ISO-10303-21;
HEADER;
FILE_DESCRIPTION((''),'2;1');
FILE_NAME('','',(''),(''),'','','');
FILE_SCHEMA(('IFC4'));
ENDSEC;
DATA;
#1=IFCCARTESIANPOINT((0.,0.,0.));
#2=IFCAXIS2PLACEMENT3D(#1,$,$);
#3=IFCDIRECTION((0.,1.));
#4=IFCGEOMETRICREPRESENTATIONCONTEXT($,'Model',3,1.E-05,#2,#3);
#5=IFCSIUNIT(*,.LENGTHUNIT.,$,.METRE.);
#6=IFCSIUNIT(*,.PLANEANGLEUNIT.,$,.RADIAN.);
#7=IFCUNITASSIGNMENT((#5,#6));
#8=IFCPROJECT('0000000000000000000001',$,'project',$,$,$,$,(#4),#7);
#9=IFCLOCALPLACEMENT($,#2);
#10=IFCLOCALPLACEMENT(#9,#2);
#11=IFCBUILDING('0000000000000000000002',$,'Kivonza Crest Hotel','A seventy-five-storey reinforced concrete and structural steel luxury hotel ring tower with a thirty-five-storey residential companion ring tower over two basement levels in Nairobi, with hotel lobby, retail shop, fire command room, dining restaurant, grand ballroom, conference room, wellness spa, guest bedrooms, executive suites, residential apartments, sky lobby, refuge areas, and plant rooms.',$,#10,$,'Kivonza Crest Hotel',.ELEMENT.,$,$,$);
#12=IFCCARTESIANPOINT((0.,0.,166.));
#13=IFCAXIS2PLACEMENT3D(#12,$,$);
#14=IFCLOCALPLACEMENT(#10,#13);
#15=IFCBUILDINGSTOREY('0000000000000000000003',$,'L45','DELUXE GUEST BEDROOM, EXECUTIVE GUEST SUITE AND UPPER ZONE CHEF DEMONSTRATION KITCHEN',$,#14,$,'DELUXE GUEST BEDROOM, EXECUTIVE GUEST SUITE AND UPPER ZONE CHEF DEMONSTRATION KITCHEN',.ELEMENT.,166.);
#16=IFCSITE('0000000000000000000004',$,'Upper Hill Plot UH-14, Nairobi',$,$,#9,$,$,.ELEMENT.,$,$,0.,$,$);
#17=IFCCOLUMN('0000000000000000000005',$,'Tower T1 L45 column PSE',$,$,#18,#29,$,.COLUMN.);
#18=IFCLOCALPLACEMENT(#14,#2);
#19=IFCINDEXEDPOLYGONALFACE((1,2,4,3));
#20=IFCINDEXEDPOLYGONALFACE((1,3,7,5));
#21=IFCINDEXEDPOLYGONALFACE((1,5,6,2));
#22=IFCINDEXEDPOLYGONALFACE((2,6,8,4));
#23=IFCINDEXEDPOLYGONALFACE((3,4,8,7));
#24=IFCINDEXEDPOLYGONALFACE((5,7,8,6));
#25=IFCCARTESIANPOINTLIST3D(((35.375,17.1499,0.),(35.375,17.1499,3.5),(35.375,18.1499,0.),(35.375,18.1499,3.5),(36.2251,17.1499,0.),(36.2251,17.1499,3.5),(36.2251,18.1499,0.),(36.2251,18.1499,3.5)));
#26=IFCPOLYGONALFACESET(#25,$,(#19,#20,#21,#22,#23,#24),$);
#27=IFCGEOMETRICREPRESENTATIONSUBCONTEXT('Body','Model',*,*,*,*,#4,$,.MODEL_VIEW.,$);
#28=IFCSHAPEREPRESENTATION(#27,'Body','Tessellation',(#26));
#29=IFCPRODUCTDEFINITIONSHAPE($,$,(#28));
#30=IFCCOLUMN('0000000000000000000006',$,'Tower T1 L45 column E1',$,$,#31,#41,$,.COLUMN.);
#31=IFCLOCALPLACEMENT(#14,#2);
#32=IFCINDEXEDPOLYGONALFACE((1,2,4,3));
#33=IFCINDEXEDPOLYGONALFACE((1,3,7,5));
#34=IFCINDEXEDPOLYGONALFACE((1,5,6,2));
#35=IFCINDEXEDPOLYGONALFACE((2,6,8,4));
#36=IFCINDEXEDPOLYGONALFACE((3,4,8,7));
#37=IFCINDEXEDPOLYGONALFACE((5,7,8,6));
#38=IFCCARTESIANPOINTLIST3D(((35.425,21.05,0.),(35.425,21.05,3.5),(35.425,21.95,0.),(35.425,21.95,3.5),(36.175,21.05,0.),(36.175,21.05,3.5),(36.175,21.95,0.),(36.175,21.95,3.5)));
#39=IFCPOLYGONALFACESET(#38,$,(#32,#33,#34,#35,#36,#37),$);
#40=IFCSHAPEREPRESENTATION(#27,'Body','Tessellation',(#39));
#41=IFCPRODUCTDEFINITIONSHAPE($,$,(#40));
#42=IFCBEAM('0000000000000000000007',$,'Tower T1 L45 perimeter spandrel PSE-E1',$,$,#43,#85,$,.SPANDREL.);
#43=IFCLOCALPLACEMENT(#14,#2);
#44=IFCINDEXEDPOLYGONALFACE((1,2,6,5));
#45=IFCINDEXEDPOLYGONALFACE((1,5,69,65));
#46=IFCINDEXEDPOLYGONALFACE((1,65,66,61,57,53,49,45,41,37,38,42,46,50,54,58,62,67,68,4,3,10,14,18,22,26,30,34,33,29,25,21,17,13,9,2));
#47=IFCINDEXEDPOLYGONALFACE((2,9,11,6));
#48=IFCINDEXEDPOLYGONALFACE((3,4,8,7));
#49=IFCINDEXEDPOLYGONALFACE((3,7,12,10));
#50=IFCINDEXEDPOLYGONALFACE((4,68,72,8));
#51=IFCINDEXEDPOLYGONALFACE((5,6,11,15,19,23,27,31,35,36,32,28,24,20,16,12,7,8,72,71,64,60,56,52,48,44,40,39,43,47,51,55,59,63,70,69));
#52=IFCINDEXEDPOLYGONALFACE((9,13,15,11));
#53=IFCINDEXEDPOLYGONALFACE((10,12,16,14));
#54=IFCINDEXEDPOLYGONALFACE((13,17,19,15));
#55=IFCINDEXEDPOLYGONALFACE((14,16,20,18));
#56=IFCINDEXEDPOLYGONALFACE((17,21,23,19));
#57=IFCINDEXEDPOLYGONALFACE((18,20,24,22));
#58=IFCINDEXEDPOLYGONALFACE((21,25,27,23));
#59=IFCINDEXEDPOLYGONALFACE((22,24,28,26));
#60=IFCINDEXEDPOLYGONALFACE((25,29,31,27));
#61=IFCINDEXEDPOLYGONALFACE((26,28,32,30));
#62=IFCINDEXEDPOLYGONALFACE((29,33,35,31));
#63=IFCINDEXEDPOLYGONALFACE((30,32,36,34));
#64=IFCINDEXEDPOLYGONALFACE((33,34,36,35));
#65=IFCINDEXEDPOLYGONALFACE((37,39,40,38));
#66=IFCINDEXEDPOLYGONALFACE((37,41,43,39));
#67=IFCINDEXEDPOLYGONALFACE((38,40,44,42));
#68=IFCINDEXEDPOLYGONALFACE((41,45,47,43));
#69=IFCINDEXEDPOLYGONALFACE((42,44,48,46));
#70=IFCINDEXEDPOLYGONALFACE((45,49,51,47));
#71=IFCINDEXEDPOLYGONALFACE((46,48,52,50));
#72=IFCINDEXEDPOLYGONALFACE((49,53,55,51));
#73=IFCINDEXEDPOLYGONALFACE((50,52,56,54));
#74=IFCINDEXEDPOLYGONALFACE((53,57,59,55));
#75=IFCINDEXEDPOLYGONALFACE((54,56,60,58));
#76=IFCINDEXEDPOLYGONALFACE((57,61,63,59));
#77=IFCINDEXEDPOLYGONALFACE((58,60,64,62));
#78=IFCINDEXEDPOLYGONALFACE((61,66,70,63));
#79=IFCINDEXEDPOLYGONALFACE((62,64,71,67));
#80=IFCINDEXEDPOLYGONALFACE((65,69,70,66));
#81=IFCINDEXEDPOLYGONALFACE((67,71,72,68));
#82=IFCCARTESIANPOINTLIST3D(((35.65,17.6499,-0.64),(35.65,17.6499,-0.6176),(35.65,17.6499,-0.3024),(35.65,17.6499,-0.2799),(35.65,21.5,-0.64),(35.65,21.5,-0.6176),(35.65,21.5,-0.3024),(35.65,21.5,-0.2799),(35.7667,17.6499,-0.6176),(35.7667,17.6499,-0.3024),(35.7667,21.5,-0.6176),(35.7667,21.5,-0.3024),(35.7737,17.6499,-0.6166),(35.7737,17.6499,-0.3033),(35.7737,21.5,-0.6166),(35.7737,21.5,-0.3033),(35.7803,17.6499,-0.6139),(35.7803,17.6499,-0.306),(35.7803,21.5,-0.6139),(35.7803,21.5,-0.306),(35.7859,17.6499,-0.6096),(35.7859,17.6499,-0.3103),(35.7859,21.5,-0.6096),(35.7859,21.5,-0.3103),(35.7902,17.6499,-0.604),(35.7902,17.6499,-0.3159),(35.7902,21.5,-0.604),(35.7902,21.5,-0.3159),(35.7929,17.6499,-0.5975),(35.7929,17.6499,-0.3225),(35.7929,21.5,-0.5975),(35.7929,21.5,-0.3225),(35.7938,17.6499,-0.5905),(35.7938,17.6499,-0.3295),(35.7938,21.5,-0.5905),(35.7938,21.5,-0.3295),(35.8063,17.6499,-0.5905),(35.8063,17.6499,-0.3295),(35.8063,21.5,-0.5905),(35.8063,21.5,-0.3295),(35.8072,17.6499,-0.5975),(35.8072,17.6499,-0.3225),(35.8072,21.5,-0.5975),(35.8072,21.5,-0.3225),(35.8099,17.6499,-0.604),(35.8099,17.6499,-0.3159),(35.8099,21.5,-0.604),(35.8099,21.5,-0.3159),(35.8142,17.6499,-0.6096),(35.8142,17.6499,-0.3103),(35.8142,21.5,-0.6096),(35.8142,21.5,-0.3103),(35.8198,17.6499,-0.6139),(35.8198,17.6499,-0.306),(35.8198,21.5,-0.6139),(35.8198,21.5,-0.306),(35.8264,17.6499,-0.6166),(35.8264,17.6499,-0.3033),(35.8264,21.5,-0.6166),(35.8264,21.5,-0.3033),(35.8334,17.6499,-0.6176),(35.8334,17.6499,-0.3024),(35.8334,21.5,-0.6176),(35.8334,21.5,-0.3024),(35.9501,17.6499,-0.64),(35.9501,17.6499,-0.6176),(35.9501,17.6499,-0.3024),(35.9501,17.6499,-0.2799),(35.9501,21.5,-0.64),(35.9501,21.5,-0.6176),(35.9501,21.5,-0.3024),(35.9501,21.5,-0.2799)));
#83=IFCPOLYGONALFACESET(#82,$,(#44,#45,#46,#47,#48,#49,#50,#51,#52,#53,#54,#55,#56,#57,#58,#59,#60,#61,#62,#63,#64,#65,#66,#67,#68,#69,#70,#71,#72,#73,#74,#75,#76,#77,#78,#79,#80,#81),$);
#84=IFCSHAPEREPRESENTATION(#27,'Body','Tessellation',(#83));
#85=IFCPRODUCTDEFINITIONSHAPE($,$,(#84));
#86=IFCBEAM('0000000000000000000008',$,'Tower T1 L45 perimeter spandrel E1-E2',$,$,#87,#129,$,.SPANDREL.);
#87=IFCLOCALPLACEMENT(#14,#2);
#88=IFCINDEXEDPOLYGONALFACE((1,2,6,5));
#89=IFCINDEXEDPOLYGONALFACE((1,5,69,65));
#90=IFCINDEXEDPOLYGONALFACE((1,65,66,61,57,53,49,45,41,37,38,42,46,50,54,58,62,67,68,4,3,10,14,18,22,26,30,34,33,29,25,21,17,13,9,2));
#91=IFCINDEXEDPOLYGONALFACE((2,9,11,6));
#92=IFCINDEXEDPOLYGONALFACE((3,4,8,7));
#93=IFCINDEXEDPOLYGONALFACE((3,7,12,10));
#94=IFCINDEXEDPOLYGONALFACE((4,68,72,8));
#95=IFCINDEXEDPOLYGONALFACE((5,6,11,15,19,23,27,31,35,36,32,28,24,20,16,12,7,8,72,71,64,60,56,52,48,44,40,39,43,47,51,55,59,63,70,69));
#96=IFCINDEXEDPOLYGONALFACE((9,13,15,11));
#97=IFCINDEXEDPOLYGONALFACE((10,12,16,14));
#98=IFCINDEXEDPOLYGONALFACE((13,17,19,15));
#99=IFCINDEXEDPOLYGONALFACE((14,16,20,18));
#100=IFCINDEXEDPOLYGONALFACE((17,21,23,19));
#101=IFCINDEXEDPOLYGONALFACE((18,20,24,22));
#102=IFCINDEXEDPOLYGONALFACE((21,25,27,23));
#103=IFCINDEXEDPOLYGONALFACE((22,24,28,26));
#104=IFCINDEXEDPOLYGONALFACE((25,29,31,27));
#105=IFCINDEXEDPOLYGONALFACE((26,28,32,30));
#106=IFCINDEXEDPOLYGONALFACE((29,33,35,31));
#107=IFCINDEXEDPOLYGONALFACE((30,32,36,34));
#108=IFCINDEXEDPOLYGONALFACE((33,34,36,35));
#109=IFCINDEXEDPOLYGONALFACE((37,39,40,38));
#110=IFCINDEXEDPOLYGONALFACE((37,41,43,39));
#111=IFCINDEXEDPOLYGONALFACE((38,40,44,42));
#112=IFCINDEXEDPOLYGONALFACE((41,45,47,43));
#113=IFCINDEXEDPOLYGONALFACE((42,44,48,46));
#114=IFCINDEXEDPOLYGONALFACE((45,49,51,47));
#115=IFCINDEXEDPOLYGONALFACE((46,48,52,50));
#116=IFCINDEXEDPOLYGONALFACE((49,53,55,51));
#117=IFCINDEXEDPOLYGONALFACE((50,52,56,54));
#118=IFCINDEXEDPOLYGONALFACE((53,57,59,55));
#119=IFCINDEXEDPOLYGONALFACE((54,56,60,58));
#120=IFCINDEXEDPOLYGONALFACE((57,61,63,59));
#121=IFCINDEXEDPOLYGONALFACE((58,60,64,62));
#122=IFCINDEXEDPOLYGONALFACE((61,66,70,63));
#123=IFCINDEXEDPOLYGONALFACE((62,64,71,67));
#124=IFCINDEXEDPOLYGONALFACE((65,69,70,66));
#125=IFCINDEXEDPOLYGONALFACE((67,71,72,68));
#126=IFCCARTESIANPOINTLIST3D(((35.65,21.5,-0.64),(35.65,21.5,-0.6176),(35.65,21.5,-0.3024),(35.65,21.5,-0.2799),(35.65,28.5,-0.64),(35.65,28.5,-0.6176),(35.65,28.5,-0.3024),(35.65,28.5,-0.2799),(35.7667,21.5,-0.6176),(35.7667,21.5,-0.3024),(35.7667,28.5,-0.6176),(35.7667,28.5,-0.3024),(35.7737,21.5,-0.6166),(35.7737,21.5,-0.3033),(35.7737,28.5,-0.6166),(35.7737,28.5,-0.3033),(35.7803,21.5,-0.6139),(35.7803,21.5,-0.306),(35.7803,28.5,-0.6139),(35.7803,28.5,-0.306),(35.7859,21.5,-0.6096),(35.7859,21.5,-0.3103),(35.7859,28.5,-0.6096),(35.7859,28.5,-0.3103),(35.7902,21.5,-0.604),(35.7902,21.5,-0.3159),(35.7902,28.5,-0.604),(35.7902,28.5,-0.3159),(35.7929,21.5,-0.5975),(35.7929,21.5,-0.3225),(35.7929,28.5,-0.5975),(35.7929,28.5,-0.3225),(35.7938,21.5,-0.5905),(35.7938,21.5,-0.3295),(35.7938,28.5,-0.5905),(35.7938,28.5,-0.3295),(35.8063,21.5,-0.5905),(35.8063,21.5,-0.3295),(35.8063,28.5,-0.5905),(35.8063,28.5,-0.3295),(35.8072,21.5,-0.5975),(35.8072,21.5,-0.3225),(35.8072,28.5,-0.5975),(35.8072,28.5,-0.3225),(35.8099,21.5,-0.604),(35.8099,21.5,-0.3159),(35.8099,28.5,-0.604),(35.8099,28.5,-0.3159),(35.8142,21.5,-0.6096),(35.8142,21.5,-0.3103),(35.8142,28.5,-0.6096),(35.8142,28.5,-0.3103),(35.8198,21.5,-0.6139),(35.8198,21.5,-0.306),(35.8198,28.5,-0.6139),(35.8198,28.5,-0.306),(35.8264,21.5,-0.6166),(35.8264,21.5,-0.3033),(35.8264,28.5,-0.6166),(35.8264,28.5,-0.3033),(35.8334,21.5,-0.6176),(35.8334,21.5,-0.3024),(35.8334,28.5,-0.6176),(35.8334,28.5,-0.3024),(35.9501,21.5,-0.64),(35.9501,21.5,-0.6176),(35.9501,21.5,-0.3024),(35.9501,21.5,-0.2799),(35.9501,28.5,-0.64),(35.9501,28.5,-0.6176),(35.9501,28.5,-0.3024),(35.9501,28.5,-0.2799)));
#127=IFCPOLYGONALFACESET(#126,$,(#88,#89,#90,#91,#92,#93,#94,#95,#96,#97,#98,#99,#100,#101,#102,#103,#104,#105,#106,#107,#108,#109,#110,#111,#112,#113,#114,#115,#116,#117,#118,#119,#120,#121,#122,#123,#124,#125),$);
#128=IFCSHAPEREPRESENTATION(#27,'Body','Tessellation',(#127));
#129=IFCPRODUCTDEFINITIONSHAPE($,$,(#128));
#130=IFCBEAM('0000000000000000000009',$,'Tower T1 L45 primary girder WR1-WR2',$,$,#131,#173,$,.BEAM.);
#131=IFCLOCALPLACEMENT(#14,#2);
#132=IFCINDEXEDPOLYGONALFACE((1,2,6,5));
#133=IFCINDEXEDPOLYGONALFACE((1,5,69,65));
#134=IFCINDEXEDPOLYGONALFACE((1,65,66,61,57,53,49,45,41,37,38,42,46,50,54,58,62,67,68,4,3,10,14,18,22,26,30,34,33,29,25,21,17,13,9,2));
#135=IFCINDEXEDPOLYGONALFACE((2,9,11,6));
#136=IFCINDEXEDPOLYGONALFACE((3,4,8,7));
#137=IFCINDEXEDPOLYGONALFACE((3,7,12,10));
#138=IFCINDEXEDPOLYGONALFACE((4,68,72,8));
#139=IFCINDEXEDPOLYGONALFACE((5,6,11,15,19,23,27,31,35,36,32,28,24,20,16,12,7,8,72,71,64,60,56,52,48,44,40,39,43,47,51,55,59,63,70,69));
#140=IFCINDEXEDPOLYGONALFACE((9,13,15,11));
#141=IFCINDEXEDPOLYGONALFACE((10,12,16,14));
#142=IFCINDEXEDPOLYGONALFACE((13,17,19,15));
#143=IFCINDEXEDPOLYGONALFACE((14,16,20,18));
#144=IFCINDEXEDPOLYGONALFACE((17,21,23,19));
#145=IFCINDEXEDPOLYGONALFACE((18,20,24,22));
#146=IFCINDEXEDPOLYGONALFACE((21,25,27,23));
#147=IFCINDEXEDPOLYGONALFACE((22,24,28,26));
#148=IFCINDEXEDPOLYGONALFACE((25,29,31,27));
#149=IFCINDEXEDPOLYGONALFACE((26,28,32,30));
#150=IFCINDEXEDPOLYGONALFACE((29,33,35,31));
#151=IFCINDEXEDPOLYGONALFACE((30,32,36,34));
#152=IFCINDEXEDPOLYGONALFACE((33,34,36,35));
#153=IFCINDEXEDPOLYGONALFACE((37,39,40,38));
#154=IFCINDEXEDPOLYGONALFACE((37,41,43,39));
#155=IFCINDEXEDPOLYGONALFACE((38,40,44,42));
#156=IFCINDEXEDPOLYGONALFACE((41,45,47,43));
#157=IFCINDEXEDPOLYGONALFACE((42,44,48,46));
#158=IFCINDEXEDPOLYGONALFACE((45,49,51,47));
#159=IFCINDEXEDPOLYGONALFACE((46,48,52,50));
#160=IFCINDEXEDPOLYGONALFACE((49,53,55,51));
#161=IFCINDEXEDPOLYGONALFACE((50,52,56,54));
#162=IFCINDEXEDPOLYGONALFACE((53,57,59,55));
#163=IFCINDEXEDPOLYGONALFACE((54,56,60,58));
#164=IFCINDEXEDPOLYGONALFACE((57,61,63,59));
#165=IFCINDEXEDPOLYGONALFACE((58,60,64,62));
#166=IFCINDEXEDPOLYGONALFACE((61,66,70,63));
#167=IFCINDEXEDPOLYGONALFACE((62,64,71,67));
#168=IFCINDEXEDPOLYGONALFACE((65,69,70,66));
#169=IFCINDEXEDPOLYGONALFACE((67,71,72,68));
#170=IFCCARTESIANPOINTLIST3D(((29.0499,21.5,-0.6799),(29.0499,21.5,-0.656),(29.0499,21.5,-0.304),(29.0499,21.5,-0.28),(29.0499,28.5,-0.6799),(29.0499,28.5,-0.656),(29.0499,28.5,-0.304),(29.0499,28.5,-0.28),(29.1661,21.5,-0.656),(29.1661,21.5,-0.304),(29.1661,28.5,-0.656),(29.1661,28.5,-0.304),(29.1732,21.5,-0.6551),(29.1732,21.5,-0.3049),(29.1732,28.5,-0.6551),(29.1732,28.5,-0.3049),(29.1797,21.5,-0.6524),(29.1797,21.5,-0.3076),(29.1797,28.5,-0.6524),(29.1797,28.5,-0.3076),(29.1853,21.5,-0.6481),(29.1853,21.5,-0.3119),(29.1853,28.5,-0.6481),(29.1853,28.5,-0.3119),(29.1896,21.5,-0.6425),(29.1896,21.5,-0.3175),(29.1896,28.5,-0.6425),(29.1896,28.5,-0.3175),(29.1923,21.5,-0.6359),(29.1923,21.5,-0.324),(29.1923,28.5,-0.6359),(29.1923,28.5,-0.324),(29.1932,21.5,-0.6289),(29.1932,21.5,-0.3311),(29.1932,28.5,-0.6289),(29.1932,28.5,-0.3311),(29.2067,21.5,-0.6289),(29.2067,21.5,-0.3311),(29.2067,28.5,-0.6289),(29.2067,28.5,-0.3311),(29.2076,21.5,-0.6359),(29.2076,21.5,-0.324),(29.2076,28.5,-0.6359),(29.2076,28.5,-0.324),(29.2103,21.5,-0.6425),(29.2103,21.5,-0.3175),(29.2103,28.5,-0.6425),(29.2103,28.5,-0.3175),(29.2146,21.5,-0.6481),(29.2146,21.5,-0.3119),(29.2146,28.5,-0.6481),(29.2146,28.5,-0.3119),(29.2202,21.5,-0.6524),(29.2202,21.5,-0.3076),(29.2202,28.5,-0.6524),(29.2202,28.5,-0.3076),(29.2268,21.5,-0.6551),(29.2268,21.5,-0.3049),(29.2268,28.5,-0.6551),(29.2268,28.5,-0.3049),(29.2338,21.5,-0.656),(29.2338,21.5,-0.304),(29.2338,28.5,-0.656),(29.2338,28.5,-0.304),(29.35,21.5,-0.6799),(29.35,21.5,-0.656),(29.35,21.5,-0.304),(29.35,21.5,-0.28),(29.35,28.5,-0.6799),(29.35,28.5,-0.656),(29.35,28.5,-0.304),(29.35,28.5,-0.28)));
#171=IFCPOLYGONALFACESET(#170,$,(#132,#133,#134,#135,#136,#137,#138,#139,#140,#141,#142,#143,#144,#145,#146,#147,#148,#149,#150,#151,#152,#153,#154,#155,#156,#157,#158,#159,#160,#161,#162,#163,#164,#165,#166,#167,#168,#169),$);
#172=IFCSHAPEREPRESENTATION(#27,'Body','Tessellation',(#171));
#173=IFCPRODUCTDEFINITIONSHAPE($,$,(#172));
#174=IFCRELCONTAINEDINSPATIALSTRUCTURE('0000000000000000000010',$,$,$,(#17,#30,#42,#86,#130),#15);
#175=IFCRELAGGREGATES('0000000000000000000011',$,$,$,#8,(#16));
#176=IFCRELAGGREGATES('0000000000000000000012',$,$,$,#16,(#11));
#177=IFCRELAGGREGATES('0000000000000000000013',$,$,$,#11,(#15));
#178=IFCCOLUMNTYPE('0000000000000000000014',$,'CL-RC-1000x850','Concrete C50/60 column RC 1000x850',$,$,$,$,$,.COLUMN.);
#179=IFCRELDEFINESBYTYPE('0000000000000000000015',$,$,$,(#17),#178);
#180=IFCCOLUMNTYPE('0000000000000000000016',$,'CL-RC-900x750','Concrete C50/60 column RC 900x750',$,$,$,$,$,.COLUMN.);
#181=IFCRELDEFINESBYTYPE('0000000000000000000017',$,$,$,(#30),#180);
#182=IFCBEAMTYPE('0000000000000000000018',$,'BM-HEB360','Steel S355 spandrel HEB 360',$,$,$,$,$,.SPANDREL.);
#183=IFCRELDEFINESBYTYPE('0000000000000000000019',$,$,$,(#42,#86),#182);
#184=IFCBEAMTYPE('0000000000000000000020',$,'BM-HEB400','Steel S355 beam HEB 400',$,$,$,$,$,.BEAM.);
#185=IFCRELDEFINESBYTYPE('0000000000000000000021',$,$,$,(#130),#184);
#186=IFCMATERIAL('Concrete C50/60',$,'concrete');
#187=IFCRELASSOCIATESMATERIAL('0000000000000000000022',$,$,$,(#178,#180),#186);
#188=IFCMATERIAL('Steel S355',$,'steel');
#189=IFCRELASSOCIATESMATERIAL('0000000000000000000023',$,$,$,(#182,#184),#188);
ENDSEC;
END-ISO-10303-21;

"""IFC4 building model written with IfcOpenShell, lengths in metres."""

from ifc_helpers import new_model, si_unit, direction, frame, origin, origin_2d, place, context, subcontext, project, spatial, rectangle, i_section, extrude, material, material_profile, profile_set, type_object, element, save


model = new_model("IFC4")

# Units and contexts
model_context = context("Model", 3, precision=1e-05, world=origin(), true_north=direction((0.0, 1.0)))
body_context = subcontext(model_context, "Body", "Model", "MODEL_VIEW")
ifc_project = project(units=[si_unit("LENGTHUNIT", "METRE"), si_unit("PLANEANGLEUNIT", "RADIAN")], contexts=[model_context])

# Site, building, storey
site_placement = place(None, origin())
site = spatial("IfcSite", under=ifc_project, at=site_placement, Name="Upper Hill Plot UH-14, Nairobi", CompositionType="ELEMENT", RefElevation=0.0)
building_placement = place(site_placement, origin())
building = spatial("IfcBuilding", under=site, at=building_placement, Name="Kivonza Crest Hotel", Description="A seventy-five-storey reinforced concrete and structural steel luxury hotel ring tower with a thirty-five-storey residential companion ring tower over two basement levels in Nairobi, with hotel lobby, retail shop, fire command room, dining restaurant, grand ballroom, conference room, wellness spa, guest bedrooms, executive suites, residential apartments, sky lobby, refuge areas, and plant rooms.", LongName="Kivonza Crest Hotel", CompositionType="ELEMENT")
storey_placement = place(building_placement, frame((0.0, 0.0, 166.0)))
storey = spatial("IfcBuildingStorey", under=building, at=storey_placement, Name="L45", Description="DELUXE GUEST BEDROOM, EXECUTIVE GUEST SUITE AND UPPER ZONE CHEF DEMONSTRATION KITCHEN", LongName="DELUXE GUEST BEDROOM, EXECUTIVE GUEST SUITE AND UPPER ZONE CHEF DEMONSTRATION KITCHEN", CompositionType="ELEMENT", Elevation=166.0)

# Columns
ifc_material_1 = material(Name="Concrete C50/60", Category="concrete")
ifc_material_profile_1 = material_profile(ifc_material_1, rectangle(XDim=0.8501, YDim=1.0, at=origin_2d()), Name="RC 1000x850")
ifc_profile_set_1 = profile_set([ifc_material_profile_1], Name="Concrete C50/60")
column_type_1 = type_object("IfcColumnType", Name="CL-RC-1000x850", Description="Concrete C50/60 column RC 1000x850", PredefinedType="COLUMN", material=ifc_profile_set_1)
column_1_placement = place(storey_placement, frame((35.8, 17.6499, 0.0), z_axis=(0.0, 0.0, 1.0), x_axis=(1.0, 0.0, 0.0)))
element("IfcColumn", 1, at=column_1_placement, inside=storey, type_object=column_type_1, Name="Tower T1 L45 column PSE", PredefinedType="COLUMN", context=body_context, shape_type="SweptSolid", body=[
    extrude(rectangle(XDim=0.8501, YDim=1.0, at=origin_2d()), origin(), (0.0, 0.0, 1.0), 3.5),
])
ifc_material_profile_2 = material_profile(ifc_material_1, rectangle(XDim=0.75, YDim=0.8999, at=origin_2d()), Name="RC 900x750")
ifc_profile_set_2 = profile_set([ifc_material_profile_2], Name="Concrete C50/60")
column_type_2 = type_object("IfcColumnType", Name="CL-RC-900x750", Description="Concrete C50/60 column RC 900x750", PredefinedType="COLUMN", material=ifc_profile_set_2)
column_2_placement = place(storey_placement, frame((35.8, 21.5, 0.0), z_axis=(0.0, 0.0, 1.0), x_axis=(1.0, 0.0, 0.0)))
element("IfcColumn", 2, at=column_2_placement, inside=storey, type_object=column_type_2, Name="Tower T1 L45 column E1", PredefinedType="COLUMN", context=body_context, shape_type="SweptSolid", body=[
    extrude(rectangle(XDim=0.75, YDim=0.8999, at=origin_2d()), origin(), (0.0, 0.0, 1.0), 3.5),
])

# Beams
ifc_material_2 = material(Name="Steel S355", Category="steel")
ifc_material_profile_3 = material_profile(ifc_material_2, i_section(OverallWidth=0.3, OverallDepth=0.3601, WebThickness=0.0125, FlangeThickness=0.0225, FilletRadius=0.0271, at=origin_2d()), Name="HEB 360")
ifc_profile_set_3 = profile_set([ifc_material_profile_3], Name="Steel S355")
beam_type_1 = type_object("IfcBeamType", Name="BM-HEB360", Description="Steel S355 spandrel HEB 360", PredefinedType="SPANDREL", material=ifc_profile_set_3)
beam_1_placement = place(storey_placement, frame((35.8, 17.6499, -0.46), z_axis=(0.0, 1.0, 0.0), x_axis=(-1.0, 0.0, 0.0)))
element("IfcBeam", 3, at=beam_1_placement, inside=storey, type_object=beam_type_1, Name="Tower T1 L45 perimeter spandrel PSE-E1", PredefinedType="SPANDREL", context=body_context, shape_type="SweptSolid", body=[
    extrude(i_section(OverallWidth=0.3, OverallDepth=0.3601, WebThickness=0.0125, FlangeThickness=0.0225, FilletRadius=0.0271, at=origin_2d()), origin(), (0.0, 0.0, 1.0), 3.8501),
])
beam_2_placement = place(storey_placement, frame((35.8, 21.5, -0.46), z_axis=(0.0, 1.0, 0.0), x_axis=(-1.0, 0.0, 0.0)))
element("IfcBeam", 4, at=beam_2_placement, inside=storey, type_object=beam_type_1, Name="Tower T1 L45 perimeter spandrel E1-E2", PredefinedType="SPANDREL", context=body_context, shape_type="SweptSolid", body=[
    extrude(i_section(OverallWidth=0.3, OverallDepth=0.3601, WebThickness=0.0125, FlangeThickness=0.0225, FilletRadius=0.0271, at=origin_2d()), origin(), (0.0, 0.0, 1.0), 7.0),
])
ifc_material_profile_4 = material_profile(ifc_material_2, i_section(OverallWidth=0.3, OverallDepth=0.3999, WebThickness=0.0134, FlangeThickness=0.0239, FilletRadius=0.0271, at=origin_2d()), Name="HEB 400")
ifc_profile_set_4 = profile_set([ifc_material_profile_4], Name="Steel S355")
beam_type_2 = type_object("IfcBeamType", Name="BM-HEB400", Description="Steel S355 beam HEB 400", PredefinedType="BEAM", material=ifc_profile_set_4)
beam_3_placement = place(storey_placement, frame((29.2, 21.5, -0.48), z_axis=(0.0, 1.0, 0.0), x_axis=(-1.0, 0.0, 0.0)))
element("IfcBeam", 5, at=beam_3_placement, inside=storey, type_object=beam_type_2, Name="Tower T1 L45 primary girder WR1-WR2", PredefinedType="BEAM", context=body_context, shape_type="SweptSolid", body=[
    extrude(i_section(OverallWidth=0.3, OverallDepth=0.3999, WebThickness=0.0134, FlangeThickness=0.0239, FilletRadius=0.0271, at=origin_2d()), origin(), (0.0, 0.0, 1.0), 7.0),
])

save(model, "model.ifc")
